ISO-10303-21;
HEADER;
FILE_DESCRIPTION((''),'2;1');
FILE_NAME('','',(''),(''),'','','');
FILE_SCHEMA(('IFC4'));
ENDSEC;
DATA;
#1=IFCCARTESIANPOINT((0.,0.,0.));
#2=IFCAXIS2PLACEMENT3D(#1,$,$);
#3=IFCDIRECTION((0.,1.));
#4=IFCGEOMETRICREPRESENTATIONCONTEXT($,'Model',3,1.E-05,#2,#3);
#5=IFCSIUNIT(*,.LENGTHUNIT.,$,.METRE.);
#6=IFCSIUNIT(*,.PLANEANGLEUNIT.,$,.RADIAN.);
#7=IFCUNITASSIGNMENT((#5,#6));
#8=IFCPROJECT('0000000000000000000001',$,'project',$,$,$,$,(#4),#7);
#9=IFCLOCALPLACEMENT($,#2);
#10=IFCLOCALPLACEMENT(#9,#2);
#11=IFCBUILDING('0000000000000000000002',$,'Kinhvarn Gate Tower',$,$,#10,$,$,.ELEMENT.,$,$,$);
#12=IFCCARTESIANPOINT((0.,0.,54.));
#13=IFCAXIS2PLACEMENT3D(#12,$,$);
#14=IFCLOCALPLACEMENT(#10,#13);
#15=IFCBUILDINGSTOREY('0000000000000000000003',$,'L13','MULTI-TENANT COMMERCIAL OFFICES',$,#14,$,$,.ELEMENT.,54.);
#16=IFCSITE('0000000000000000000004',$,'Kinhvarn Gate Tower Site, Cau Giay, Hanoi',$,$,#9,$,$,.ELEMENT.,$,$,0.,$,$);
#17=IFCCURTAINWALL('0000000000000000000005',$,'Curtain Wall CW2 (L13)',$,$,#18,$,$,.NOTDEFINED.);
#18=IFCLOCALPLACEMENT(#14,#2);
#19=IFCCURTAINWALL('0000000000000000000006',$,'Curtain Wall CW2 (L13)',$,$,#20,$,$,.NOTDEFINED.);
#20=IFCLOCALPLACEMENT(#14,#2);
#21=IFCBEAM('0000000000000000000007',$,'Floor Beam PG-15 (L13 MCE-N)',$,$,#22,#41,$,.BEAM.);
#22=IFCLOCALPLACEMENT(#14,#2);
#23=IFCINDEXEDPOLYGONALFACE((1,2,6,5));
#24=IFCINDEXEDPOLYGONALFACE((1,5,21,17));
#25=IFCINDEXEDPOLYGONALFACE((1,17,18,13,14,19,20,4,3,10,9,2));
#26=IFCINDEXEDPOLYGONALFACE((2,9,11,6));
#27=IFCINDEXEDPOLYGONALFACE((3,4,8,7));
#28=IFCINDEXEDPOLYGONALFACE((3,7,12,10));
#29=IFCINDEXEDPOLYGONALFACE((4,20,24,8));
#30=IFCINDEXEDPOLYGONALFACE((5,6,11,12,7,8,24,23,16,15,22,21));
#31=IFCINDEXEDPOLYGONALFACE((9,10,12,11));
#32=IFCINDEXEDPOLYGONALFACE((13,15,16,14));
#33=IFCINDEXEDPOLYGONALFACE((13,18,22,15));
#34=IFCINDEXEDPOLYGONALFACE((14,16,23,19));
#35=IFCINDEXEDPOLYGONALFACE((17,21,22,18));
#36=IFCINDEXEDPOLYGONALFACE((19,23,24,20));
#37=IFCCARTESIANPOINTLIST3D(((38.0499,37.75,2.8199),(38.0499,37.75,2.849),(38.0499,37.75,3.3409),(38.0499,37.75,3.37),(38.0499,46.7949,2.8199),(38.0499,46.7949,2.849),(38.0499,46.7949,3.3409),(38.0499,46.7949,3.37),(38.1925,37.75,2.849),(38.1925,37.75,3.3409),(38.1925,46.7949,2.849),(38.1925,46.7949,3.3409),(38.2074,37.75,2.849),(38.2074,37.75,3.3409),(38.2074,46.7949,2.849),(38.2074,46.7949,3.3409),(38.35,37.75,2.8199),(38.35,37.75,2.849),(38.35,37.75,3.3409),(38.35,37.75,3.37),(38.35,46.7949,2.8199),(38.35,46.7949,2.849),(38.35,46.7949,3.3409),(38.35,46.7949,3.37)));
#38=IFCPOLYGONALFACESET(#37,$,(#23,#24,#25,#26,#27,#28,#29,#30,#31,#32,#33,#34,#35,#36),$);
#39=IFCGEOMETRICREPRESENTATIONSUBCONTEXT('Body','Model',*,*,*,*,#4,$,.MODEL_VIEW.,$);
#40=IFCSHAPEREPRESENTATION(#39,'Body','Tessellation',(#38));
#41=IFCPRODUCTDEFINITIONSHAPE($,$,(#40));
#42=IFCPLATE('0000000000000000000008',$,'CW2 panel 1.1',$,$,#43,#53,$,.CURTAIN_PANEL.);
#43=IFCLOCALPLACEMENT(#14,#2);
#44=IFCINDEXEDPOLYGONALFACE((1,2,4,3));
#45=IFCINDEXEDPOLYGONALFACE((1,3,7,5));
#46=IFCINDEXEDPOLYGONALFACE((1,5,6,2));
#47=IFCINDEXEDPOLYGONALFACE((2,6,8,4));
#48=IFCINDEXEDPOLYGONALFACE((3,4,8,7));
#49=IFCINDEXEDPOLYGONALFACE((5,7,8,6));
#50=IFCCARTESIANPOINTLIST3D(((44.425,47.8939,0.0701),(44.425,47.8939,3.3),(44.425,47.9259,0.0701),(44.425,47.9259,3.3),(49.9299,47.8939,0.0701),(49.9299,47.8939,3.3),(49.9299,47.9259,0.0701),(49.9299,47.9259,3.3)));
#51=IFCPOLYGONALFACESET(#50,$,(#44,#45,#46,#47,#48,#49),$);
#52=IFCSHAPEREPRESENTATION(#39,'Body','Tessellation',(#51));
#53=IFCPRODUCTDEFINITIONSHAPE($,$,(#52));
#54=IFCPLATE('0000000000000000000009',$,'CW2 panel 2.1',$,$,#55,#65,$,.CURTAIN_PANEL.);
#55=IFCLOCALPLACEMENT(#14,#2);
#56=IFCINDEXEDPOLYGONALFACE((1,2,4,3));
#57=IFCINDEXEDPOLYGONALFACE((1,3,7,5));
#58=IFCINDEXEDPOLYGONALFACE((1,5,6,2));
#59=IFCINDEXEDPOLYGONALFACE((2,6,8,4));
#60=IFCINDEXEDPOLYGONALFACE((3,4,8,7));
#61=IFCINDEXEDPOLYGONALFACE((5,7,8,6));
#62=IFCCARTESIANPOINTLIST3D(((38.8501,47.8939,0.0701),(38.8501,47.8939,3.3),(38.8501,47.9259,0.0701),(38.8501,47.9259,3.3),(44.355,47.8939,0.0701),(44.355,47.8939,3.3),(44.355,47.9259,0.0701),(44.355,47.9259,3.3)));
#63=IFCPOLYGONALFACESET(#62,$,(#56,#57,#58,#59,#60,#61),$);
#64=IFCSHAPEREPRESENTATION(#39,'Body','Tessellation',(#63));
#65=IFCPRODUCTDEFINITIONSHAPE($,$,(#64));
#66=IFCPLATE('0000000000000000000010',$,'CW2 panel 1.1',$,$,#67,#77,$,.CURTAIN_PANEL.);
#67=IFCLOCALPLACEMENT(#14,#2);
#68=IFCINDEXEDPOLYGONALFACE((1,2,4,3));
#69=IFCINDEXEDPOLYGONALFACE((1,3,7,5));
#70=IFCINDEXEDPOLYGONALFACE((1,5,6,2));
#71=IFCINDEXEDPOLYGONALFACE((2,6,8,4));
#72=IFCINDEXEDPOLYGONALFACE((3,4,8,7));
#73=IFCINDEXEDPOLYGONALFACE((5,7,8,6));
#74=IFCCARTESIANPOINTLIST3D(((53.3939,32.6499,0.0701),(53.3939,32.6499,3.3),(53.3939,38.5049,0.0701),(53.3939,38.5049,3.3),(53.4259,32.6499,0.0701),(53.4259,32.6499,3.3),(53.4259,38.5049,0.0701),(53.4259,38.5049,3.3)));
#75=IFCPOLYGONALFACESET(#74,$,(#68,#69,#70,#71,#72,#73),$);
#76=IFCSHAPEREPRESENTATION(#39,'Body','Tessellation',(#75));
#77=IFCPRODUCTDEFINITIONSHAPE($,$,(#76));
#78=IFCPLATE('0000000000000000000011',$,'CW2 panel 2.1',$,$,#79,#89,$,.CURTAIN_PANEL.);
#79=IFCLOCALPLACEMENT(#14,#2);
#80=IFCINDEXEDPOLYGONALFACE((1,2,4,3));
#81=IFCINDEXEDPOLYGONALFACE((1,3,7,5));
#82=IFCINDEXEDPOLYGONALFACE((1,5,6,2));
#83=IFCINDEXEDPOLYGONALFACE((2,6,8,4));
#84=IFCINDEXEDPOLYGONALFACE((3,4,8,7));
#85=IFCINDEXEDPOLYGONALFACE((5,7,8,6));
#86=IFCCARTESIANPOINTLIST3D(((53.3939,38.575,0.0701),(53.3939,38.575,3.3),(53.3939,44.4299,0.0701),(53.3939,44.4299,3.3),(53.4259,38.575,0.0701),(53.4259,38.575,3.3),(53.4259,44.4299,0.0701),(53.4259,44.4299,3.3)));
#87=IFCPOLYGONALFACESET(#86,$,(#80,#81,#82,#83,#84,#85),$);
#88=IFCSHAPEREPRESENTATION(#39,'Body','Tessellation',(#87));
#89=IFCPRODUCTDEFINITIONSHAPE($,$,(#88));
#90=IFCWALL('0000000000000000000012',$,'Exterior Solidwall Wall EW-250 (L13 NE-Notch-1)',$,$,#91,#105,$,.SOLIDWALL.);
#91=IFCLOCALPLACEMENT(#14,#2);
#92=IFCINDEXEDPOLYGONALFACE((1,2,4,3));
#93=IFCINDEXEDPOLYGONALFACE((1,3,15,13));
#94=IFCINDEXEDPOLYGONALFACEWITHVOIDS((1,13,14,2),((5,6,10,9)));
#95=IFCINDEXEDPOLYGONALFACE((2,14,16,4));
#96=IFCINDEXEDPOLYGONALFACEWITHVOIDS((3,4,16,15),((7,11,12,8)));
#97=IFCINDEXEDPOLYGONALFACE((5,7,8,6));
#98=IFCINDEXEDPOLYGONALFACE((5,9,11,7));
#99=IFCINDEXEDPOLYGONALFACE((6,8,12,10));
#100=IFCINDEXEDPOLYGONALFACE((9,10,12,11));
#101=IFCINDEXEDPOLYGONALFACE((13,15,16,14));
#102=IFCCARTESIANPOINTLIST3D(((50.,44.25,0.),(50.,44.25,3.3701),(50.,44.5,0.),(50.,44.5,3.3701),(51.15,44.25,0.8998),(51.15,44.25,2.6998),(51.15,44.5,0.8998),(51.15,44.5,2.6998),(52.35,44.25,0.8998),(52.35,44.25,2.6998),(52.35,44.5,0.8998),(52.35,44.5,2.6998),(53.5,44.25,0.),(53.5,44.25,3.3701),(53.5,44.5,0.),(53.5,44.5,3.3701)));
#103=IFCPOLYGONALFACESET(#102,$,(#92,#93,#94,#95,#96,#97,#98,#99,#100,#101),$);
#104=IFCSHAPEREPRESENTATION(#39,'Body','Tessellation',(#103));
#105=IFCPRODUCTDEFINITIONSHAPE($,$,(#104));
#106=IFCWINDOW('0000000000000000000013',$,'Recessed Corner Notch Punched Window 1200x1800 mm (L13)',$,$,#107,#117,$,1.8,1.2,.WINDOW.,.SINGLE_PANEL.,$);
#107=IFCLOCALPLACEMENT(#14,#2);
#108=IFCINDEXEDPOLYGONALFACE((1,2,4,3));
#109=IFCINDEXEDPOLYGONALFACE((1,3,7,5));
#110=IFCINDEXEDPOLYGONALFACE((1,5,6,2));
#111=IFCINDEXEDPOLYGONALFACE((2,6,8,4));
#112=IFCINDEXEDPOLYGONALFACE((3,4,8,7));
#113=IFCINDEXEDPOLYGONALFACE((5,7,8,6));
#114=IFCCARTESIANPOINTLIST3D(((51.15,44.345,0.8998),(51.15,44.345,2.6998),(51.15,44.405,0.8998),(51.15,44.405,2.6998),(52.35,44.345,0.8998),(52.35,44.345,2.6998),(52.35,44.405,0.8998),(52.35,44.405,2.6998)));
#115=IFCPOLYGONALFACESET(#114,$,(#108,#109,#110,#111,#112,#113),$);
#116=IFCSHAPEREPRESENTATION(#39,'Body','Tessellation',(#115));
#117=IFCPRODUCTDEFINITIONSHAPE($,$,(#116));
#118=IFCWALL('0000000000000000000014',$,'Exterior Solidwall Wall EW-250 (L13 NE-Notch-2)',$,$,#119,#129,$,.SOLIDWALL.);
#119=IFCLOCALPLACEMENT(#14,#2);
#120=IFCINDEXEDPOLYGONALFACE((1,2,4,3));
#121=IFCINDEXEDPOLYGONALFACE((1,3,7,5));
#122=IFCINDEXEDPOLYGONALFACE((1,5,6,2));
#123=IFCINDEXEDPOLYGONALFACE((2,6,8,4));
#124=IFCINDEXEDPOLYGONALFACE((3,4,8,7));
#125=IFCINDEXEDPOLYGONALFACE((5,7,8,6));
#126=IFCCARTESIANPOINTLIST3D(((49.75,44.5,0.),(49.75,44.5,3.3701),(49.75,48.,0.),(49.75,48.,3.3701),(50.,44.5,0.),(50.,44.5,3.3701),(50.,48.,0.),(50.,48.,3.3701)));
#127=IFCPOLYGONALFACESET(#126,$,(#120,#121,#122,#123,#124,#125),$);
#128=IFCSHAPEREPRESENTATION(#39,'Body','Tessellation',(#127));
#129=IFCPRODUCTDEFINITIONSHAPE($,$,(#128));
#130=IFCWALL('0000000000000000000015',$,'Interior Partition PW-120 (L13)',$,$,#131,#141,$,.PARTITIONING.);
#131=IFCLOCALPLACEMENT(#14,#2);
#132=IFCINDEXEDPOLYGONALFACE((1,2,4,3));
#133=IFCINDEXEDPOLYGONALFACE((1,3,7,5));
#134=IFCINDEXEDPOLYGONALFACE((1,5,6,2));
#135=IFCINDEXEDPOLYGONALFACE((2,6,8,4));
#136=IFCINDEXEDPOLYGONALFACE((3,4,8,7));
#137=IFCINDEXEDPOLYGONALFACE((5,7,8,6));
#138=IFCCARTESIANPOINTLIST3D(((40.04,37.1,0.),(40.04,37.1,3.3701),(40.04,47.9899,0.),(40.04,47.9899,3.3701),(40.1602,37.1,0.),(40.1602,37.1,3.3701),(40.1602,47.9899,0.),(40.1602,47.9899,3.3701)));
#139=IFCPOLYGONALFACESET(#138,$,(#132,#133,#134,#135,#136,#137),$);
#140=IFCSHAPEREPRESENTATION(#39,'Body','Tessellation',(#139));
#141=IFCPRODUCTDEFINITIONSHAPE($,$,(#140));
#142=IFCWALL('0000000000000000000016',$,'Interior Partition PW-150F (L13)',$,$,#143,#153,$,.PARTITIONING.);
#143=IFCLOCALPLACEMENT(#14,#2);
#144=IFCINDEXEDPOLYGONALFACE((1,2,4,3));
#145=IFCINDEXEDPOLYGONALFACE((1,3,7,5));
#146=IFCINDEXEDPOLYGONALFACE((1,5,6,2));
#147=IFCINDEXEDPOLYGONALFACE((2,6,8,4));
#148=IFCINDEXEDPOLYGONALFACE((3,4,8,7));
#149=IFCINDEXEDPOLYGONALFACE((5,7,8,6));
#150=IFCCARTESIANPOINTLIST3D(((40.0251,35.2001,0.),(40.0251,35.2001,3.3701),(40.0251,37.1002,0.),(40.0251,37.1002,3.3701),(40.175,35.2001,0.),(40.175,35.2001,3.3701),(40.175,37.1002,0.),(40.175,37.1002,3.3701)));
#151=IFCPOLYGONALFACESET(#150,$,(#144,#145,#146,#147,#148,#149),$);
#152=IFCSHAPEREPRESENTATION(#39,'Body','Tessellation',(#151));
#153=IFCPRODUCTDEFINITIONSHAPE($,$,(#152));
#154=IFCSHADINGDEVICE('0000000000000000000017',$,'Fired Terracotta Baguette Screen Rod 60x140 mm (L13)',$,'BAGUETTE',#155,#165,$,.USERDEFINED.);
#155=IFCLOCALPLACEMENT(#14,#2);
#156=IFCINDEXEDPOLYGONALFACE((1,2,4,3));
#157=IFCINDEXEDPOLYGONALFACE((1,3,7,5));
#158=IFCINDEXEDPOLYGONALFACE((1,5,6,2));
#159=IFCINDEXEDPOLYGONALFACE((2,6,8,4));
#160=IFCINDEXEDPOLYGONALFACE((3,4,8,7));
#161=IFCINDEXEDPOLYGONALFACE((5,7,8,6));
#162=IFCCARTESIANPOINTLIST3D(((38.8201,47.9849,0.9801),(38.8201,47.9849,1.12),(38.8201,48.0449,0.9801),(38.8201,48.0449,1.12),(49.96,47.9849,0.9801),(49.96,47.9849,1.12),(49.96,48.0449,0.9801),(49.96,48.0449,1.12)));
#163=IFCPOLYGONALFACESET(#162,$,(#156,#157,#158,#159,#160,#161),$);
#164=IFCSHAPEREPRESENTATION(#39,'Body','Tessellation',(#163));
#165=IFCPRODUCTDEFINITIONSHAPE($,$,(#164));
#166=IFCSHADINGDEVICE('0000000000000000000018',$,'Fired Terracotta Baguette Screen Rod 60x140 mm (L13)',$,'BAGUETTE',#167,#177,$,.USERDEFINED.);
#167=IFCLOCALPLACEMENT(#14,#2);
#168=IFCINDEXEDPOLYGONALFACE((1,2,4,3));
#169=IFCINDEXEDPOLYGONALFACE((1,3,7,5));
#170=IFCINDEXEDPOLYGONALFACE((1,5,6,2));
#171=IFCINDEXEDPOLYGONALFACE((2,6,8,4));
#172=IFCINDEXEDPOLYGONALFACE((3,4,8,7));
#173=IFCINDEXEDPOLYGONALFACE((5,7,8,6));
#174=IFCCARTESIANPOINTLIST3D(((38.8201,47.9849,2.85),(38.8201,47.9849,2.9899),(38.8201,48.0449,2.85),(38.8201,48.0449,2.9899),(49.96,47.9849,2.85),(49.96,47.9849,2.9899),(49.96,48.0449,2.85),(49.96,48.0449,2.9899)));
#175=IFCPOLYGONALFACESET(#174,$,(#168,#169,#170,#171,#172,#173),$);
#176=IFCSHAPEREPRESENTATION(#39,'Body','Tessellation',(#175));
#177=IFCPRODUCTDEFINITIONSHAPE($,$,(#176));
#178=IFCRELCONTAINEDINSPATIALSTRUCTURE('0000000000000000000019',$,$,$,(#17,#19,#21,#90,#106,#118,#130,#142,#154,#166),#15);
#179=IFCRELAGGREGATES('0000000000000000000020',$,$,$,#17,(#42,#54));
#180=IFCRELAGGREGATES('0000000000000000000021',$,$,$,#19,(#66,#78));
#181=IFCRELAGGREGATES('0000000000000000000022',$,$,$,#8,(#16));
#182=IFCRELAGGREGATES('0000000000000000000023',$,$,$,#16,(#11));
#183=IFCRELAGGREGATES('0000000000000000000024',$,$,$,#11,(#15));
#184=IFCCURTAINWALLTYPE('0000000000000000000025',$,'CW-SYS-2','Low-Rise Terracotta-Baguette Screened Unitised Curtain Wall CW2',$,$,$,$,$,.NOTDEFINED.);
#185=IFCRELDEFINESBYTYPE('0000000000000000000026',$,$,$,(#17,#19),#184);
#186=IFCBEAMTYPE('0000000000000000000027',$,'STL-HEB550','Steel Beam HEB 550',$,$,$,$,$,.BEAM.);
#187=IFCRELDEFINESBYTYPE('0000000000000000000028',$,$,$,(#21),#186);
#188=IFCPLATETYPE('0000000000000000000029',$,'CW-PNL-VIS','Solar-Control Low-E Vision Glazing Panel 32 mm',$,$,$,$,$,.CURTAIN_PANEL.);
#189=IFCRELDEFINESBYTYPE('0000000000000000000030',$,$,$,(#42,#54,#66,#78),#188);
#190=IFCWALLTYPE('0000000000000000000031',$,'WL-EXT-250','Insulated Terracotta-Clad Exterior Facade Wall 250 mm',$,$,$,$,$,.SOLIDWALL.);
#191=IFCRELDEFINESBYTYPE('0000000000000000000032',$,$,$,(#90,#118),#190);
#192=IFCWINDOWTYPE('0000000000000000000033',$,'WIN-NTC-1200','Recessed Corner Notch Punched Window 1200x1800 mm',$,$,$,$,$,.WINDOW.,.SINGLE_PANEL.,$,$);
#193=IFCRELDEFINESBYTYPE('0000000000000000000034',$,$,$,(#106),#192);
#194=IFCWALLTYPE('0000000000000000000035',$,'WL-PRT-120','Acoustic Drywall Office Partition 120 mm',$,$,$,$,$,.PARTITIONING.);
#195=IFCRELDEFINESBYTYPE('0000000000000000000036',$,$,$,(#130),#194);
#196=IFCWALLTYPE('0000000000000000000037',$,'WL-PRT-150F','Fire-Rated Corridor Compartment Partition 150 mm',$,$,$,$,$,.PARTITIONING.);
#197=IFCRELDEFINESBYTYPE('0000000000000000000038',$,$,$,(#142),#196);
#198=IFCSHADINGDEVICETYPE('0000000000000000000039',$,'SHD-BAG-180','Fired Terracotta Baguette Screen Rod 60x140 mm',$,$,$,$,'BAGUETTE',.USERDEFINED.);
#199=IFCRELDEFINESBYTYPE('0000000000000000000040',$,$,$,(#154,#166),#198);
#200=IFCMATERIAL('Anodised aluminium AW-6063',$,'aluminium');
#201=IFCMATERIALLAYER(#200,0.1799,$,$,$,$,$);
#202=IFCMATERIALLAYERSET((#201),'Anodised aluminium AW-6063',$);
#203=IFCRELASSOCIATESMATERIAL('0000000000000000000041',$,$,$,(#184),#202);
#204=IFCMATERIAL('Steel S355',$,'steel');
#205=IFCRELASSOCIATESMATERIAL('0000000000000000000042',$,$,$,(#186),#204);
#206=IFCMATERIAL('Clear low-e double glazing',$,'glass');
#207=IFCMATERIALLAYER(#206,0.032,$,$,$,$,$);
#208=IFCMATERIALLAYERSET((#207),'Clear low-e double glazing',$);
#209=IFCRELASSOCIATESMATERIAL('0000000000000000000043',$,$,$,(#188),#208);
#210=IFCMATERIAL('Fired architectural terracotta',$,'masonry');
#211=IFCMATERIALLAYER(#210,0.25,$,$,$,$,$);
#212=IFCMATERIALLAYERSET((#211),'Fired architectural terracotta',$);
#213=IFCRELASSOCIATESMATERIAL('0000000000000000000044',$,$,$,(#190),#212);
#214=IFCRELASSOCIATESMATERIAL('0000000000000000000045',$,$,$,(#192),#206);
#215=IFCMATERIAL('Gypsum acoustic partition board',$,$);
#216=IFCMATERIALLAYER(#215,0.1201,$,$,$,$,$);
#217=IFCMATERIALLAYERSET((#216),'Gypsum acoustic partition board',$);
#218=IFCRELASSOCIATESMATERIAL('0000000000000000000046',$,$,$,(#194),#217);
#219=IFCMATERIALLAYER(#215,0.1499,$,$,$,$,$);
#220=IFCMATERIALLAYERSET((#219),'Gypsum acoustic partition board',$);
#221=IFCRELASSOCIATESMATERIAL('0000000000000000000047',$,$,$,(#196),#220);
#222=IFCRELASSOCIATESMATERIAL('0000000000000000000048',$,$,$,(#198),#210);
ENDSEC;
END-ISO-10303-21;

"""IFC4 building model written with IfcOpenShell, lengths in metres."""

from ifc_helpers import new_model, si_unit, direction, frame, frame_2d, origin, origin_2d, place, context, subcontext, project, spatial, rectangle, i_section, extrude, material, layer, layer_set, material_profile, profile_set, type_object, element, fill, aggregate, save


model = new_model("IFC4")

# Units and contexts
model_context = context("Model", 3, precision=1e-05, world=origin(), true_north=direction((0.0, 1.0)))
body_context = subcontext(model_context, "Body", "Model", "MODEL_VIEW")
ifc_project = project(units=[si_unit("LENGTHUNIT", "METRE"), si_unit("PLANEANGLEUNIT", "RADIAN")], contexts=[model_context])

# Site, building, storey
site_placement = place(None, origin())
site = spatial("IfcSite", under=ifc_project, at=site_placement, Name="Kinhvarn Gate Tower Site, Cau Giay, Hanoi", CompositionType="ELEMENT", RefElevation=0.0)
building_placement = place(site_placement, origin())
building = spatial("IfcBuilding", under=site, at=building_placement, Name="Kinhvarn Gate Tower", CompositionType="ELEMENT")
storey_placement = place(building_placement, frame((0.0, 0.0, 54.0)))
storey = spatial("IfcBuildingStorey", under=building, at=storey_placement, Name="L13", Description="MULTI-TENANT COMMERCIAL OFFICES", CompositionType="ELEMENT", Elevation=54.0)

# Curtain walls
ifc_material_1 = material(Name="Anodised aluminium AW-6063", Category="aluminium")
ifc_layer_1 = layer(ifc_material_1, 0.1799)
ifc_layer_set_1 = layer_set([ifc_layer_1], Name="Anodised aluminium AW-6063")
curtain_wall_type = type_object("IfcCurtainWallType", Name="CW-SYS-2", Description="Low-Rise Terracotta-Baguette Screened Unitised Curtain Wall CW2", PredefinedType="NOTDEFINED", material=ifc_layer_set_1)
curtain_wall_1_placement = place(storey_placement, origin())
curtain_wall_1 = element("IfcCurtainWall", 1, at=curtain_wall_1_placement, inside=storey, type_object=curtain_wall_type, Name="Curtain Wall CW2 (L13)", PredefinedType="NOTDEFINED")
curtain_wall_2_placement = place(storey_placement, origin())
curtain_wall_2 = element("IfcCurtainWall", 2, at=curtain_wall_2_placement, inside=storey, type_object=curtain_wall_type, Name="Curtain Wall CW2 (L13)", PredefinedType="NOTDEFINED")

# Beam
ifc_material_2 = material(Name="Steel S355", Category="steel")
ifc_material_profile_1 = material_profile(ifc_material_2, i_section(OverallWidth=0.3, OverallDepth=0.55, WebThickness=0.0149, FlangeThickness=0.0291, at=origin_2d()), Name="HEB 550")
ifc_profile_set_1 = profile_set([ifc_material_profile_1], Name="Steel S355")
beam_type = type_object("IfcBeamType", Name="STL-HEB550", Description="Steel Beam HEB 550", PredefinedType="BEAM", material=ifc_profile_set_1)
beam_placement = place(storey_placement, frame((38.2, 37.75, 3.095), z_axis=(0.0, 1.0, 0.0), x_axis=(-1.0, 0.0, 0.0)))
element("IfcBeam", 3, at=beam_placement, inside=storey, type_object=beam_type, Name="Floor Beam PG-15 (L13 MCE-N)", PredefinedType="BEAM", context=body_context, shape_type="SweptSolid", body=[
    extrude(i_section(OverallWidth=0.3, OverallDepth=0.55, WebThickness=0.0149, FlangeThickness=0.0291, at=origin_2d()), origin(), (0.0, 0.0, 1.0), 9.0449),
])

# Plates
ifc_material_3 = material(Name="Clear low-e double glazing", Category="glass")
ifc_layer_2 = layer(ifc_material_3, 0.032)
ifc_layer_set_2 = layer_set([ifc_layer_2], Name="Clear low-e double glazing")
plate_type = type_object("IfcPlateType", Name="CW-PNL-VIS", Description="Solar-Control Low-E Vision Glazing Panel 32 mm", PredefinedType="CURTAIN_PANEL", material=ifc_layer_set_2)
plate_1_placement = place(storey_placement, frame((47.1775, 47.9099, 0.0701), z_axis=(0.0, 0.0, 1.0), x_axis=(-1.0, 0.0, 0.0)))
plate_1 = element("IfcPlate", 4, at=plate_1_placement, type_object=plate_type, Name="CW2 panel 1.1", PredefinedType="CURTAIN_PANEL", context=body_context, shape_type="SweptSolid", body=[
    extrude(rectangle(XDim=5.5049, YDim=0.032, at=origin_2d()), origin(), (0.0, 0.0, 1.0), 3.23),
])
plate_2_placement = place(storey_placement, frame((41.6025, 47.9099, 0.0701), z_axis=(0.0, 0.0, 1.0), x_axis=(-1.0, 0.0, 0.0)))
plate_2 = element("IfcPlate", 5, at=plate_2_placement, type_object=plate_type, Name="CW2 panel 2.1", PredefinedType="CURTAIN_PANEL", context=body_context, shape_type="SweptSolid", body=[
    extrude(rectangle(XDim=5.5049, YDim=0.032, at=origin_2d()), origin(), (0.0, 0.0, 1.0), 3.23),
])
aggregate(curtain_wall_1, [plate_1, plate_2])
plate_3_placement = place(storey_placement, frame((53.4099, 35.5774, 0.0701), z_axis=(0.0, 0.0, 1.0), x_axis=(0.0, 1.0, 0.0)))
plate_3 = element("IfcPlate", 6, at=plate_3_placement, type_object=plate_type, Name="CW2 panel 1.1", PredefinedType="CURTAIN_PANEL", context=body_context, shape_type="SweptSolid", body=[
    extrude(rectangle(XDim=5.855, YDim=0.032, at=origin_2d()), origin(), (0.0, 0.0, 1.0), 3.23),
])
plate_4_placement = place(storey_placement, frame((53.4099, 41.5024, 0.0701), z_axis=(0.0, 0.0, 1.0), x_axis=(0.0, 1.0, 0.0)))
plate_4 = element("IfcPlate", 7, at=plate_4_placement, type_object=plate_type, Name="CW2 panel 2.1", PredefinedType="CURTAIN_PANEL", context=body_context, shape_type="SweptSolid", body=[
    extrude(rectangle(XDim=5.855, YDim=0.032, at=origin_2d()), origin(), (0.0, 0.0, 1.0), 3.23),
])
aggregate(curtain_wall_2, [plate_3, plate_4])

# Wall, opening, window
ifc_material_4 = material(Name="Fired architectural terracotta", Category="masonry")
ifc_layer_3 = layer(ifc_material_4, 0.25)
ifc_layer_set_3 = layer_set([ifc_layer_3], Name="Fired architectural terracotta")
wall_type_1 = type_object("IfcWallType", Name="WL-EXT-250", Description="Insulated Terracotta-Clad Exterior Facade Wall 250 mm", PredefinedType="SOLIDWALL", material=ifc_layer_set_3)
wall_1_placement = place(storey_placement, frame((53.5, 44.375, 0.0), z_axis=(0.0, 0.0, 1.0), x_axis=(-1.0, 0.0, 0.0)))
wall_1 = element("IfcWall", 8, at=wall_1_placement, inside=storey, type_object=wall_type_1, Name="Exterior Solidwall Wall EW-250 (L13 NE-Notch-1)", PredefinedType="SOLIDWALL", context=body_context, shape_type="SweptSolid", body=[
    extrude(rectangle(XDim=3.5, YDim=0.25, at=frame_2d((1.75, 0.0))), origin(), (0.0, 0.0, 1.0), 3.3701),
])
opening_placement = place(wall_1_placement, frame((1.1499, 0.0, 0.8999)))
opening = element("IfcOpeningElement", 9, at=opening_placement, cuts=wall_1, PredefinedType="OPENING", context=body_context, shape_type="SweptSolid", body=[
    extrude(rectangle(XDim=1.2, YDim=1.8, at=frame_2d((0.6001, 0.8999))), frame((0.0, 0.135, 0.0), z_axis=(0.0, -1.0, 0.0), x_axis=(1.0, 0.0, 0.0)), (0.0, 0.0, 1.0), 0.27),
])
window_type = type_object("IfcWindowType", Name="WIN-NTC-1200", Description="Recessed Corner Notch Punched Window 1200x1800 mm", PartitioningType="SINGLE_PANEL", PredefinedType="WINDOW", material=ifc_material_3)
window_placement = place(opening_placement, origin())
window = element("IfcWindow", 10, at=window_placement, inside=storey, type_object=window_type, Name="Recessed Corner Notch Punched Window 1200x1800 mm (L13)", OverallHeight=1.8, OverallWidth=1.2, PartitioningType="SINGLE_PANEL", PredefinedType="WINDOW", context=body_context, shape_type="SweptSolid", body=[
    extrude(rectangle(XDim=1.2, YDim=1.8, at=frame_2d((0.6001, 0.8999))), frame((0.0, 0.03, 0.0), z_axis=(0.0, -1.0, 0.0), x_axis=(1.0, 0.0, 0.0)), (0.0, 0.0, 1.0), 0.0601),
])
fill(opening, window)

# Walls
wall_2_placement = place(storey_placement, frame((49.875, 44.5, 0.0), z_axis=(0.0, 0.0, 1.0), x_axis=(0.0, 1.0, 0.0)))
element("IfcWall", 11, at=wall_2_placement, inside=storey, type_object=wall_type_1, Name="Exterior Solidwall Wall EW-250 (L13 NE-Notch-2)", PredefinedType="SOLIDWALL", context=body_context, shape_type="SweptSolid", body=[
    extrude(rectangle(XDim=3.5, YDim=0.25, at=frame_2d((1.75, 0.0))), origin(), (0.0, 0.0, 1.0), 3.3701),
])
ifc_material_5 = material(Name="Gypsum acoustic partition board")
ifc_layer_4 = layer(ifc_material_5, 0.1201)
ifc_layer_set_4 = layer_set([ifc_layer_4], Name="Gypsum acoustic partition board")
wall_type_2 = type_object("IfcWallType", Name="WL-PRT-120", Description="Acoustic Drywall Office Partition 120 mm", PredefinedType="PARTITIONING", material=ifc_layer_set_4)
wall_3_placement = place(storey_placement, frame((40.1001, 37.1001, 0.0), z_axis=(0.0, 0.0, 1.0), x_axis=(0.0, 1.0, 0.0)))
element("IfcWall", 12, at=wall_3_placement, inside=storey, type_object=wall_type_2, Name="Interior Partition PW-120 (L13)", PredefinedType="PARTITIONING", context=body_context, shape_type="SweptSolid", body=[
    extrude(rectangle(XDim=10.8899, YDim=0.1201, at=frame_2d((5.4448, 0.0))), origin(), (0.0, 0.0, 1.0), 3.3701),
])
ifc_layer_5 = layer(ifc_material_5, 0.1499)
ifc_layer_set_5 = layer_set([ifc_layer_5], Name="Gypsum acoustic partition board")
wall_type_3 = type_object("IfcWallType", Name="WL-PRT-150F", Description="Fire-Rated Corridor Compartment Partition 150 mm", PredefinedType="PARTITIONING", material=ifc_layer_set_5)
wall_4_placement = place(storey_placement, frame((40.1001, 35.2, 0.0), z_axis=(0.0, 0.0, 1.0), x_axis=(0.0, 1.0, 0.0)))
element("IfcWall", 13, at=wall_4_placement, inside=storey, type_object=wall_type_3, Name="Interior Partition PW-150F (L13)", PredefinedType="PARTITIONING", context=body_context, shape_type="SweptSolid", body=[
    extrude(rectangle(XDim=1.9001, YDim=0.1499, at=frame_2d((0.9502, 0.0))), origin(), (0.0, 0.0, 1.0), 3.3701),
])

# Shading devices
ifc_material_profile_2 = material_profile(ifc_material_4, rectangle(XDim=0.0601, YDim=0.1399, at=origin_2d()), Name="TC 60x140")
ifc_profile_set_2 = profile_set([ifc_material_profile_2], Name="Fired architectural terracotta")
shading_device_type = type_object("IfcShadingDeviceType", Name="SHD-BAG-180", Description="Fired Terracotta Baguette Screen Rod 60x140 mm", ElementType="BAGUETTE", PredefinedType="USERDEFINED", material=ifc_profile_set_2)
for number, where, z_axis, x_axis, name in (
    (14, (49.96, 48.0149, 1.05), (-1.0, 0.0, 0.0), (0.0, -1.0, 0.0), "Fired Terracotta Baguette Screen Rod 60x140 mm (L13)"),
    (15, (49.96, 48.0149, 2.9199), (-1.0, 0.0, 0.0), (0.0, -1.0, 0.0), "Fired Terracotta Baguette Screen Rod 60x140 mm (L13)"),
):
    element("IfcShadingDevice", number, at=place(storey_placement, frame(where, z_axis=z_axis, x_axis=x_axis)), inside=storey, type_object=shading_device_type, Name=name, ObjectType="BAGUETTE", PredefinedType="USERDEFINED", context=body_context, shape_type="SweptSolid", body=[
        extrude(rectangle(XDim=0.0601, YDim=0.1399, at=origin_2d()), origin(), (0.0, 0.0, 1.0), 11.1399),
    ])

save(model, "model.ifc")
